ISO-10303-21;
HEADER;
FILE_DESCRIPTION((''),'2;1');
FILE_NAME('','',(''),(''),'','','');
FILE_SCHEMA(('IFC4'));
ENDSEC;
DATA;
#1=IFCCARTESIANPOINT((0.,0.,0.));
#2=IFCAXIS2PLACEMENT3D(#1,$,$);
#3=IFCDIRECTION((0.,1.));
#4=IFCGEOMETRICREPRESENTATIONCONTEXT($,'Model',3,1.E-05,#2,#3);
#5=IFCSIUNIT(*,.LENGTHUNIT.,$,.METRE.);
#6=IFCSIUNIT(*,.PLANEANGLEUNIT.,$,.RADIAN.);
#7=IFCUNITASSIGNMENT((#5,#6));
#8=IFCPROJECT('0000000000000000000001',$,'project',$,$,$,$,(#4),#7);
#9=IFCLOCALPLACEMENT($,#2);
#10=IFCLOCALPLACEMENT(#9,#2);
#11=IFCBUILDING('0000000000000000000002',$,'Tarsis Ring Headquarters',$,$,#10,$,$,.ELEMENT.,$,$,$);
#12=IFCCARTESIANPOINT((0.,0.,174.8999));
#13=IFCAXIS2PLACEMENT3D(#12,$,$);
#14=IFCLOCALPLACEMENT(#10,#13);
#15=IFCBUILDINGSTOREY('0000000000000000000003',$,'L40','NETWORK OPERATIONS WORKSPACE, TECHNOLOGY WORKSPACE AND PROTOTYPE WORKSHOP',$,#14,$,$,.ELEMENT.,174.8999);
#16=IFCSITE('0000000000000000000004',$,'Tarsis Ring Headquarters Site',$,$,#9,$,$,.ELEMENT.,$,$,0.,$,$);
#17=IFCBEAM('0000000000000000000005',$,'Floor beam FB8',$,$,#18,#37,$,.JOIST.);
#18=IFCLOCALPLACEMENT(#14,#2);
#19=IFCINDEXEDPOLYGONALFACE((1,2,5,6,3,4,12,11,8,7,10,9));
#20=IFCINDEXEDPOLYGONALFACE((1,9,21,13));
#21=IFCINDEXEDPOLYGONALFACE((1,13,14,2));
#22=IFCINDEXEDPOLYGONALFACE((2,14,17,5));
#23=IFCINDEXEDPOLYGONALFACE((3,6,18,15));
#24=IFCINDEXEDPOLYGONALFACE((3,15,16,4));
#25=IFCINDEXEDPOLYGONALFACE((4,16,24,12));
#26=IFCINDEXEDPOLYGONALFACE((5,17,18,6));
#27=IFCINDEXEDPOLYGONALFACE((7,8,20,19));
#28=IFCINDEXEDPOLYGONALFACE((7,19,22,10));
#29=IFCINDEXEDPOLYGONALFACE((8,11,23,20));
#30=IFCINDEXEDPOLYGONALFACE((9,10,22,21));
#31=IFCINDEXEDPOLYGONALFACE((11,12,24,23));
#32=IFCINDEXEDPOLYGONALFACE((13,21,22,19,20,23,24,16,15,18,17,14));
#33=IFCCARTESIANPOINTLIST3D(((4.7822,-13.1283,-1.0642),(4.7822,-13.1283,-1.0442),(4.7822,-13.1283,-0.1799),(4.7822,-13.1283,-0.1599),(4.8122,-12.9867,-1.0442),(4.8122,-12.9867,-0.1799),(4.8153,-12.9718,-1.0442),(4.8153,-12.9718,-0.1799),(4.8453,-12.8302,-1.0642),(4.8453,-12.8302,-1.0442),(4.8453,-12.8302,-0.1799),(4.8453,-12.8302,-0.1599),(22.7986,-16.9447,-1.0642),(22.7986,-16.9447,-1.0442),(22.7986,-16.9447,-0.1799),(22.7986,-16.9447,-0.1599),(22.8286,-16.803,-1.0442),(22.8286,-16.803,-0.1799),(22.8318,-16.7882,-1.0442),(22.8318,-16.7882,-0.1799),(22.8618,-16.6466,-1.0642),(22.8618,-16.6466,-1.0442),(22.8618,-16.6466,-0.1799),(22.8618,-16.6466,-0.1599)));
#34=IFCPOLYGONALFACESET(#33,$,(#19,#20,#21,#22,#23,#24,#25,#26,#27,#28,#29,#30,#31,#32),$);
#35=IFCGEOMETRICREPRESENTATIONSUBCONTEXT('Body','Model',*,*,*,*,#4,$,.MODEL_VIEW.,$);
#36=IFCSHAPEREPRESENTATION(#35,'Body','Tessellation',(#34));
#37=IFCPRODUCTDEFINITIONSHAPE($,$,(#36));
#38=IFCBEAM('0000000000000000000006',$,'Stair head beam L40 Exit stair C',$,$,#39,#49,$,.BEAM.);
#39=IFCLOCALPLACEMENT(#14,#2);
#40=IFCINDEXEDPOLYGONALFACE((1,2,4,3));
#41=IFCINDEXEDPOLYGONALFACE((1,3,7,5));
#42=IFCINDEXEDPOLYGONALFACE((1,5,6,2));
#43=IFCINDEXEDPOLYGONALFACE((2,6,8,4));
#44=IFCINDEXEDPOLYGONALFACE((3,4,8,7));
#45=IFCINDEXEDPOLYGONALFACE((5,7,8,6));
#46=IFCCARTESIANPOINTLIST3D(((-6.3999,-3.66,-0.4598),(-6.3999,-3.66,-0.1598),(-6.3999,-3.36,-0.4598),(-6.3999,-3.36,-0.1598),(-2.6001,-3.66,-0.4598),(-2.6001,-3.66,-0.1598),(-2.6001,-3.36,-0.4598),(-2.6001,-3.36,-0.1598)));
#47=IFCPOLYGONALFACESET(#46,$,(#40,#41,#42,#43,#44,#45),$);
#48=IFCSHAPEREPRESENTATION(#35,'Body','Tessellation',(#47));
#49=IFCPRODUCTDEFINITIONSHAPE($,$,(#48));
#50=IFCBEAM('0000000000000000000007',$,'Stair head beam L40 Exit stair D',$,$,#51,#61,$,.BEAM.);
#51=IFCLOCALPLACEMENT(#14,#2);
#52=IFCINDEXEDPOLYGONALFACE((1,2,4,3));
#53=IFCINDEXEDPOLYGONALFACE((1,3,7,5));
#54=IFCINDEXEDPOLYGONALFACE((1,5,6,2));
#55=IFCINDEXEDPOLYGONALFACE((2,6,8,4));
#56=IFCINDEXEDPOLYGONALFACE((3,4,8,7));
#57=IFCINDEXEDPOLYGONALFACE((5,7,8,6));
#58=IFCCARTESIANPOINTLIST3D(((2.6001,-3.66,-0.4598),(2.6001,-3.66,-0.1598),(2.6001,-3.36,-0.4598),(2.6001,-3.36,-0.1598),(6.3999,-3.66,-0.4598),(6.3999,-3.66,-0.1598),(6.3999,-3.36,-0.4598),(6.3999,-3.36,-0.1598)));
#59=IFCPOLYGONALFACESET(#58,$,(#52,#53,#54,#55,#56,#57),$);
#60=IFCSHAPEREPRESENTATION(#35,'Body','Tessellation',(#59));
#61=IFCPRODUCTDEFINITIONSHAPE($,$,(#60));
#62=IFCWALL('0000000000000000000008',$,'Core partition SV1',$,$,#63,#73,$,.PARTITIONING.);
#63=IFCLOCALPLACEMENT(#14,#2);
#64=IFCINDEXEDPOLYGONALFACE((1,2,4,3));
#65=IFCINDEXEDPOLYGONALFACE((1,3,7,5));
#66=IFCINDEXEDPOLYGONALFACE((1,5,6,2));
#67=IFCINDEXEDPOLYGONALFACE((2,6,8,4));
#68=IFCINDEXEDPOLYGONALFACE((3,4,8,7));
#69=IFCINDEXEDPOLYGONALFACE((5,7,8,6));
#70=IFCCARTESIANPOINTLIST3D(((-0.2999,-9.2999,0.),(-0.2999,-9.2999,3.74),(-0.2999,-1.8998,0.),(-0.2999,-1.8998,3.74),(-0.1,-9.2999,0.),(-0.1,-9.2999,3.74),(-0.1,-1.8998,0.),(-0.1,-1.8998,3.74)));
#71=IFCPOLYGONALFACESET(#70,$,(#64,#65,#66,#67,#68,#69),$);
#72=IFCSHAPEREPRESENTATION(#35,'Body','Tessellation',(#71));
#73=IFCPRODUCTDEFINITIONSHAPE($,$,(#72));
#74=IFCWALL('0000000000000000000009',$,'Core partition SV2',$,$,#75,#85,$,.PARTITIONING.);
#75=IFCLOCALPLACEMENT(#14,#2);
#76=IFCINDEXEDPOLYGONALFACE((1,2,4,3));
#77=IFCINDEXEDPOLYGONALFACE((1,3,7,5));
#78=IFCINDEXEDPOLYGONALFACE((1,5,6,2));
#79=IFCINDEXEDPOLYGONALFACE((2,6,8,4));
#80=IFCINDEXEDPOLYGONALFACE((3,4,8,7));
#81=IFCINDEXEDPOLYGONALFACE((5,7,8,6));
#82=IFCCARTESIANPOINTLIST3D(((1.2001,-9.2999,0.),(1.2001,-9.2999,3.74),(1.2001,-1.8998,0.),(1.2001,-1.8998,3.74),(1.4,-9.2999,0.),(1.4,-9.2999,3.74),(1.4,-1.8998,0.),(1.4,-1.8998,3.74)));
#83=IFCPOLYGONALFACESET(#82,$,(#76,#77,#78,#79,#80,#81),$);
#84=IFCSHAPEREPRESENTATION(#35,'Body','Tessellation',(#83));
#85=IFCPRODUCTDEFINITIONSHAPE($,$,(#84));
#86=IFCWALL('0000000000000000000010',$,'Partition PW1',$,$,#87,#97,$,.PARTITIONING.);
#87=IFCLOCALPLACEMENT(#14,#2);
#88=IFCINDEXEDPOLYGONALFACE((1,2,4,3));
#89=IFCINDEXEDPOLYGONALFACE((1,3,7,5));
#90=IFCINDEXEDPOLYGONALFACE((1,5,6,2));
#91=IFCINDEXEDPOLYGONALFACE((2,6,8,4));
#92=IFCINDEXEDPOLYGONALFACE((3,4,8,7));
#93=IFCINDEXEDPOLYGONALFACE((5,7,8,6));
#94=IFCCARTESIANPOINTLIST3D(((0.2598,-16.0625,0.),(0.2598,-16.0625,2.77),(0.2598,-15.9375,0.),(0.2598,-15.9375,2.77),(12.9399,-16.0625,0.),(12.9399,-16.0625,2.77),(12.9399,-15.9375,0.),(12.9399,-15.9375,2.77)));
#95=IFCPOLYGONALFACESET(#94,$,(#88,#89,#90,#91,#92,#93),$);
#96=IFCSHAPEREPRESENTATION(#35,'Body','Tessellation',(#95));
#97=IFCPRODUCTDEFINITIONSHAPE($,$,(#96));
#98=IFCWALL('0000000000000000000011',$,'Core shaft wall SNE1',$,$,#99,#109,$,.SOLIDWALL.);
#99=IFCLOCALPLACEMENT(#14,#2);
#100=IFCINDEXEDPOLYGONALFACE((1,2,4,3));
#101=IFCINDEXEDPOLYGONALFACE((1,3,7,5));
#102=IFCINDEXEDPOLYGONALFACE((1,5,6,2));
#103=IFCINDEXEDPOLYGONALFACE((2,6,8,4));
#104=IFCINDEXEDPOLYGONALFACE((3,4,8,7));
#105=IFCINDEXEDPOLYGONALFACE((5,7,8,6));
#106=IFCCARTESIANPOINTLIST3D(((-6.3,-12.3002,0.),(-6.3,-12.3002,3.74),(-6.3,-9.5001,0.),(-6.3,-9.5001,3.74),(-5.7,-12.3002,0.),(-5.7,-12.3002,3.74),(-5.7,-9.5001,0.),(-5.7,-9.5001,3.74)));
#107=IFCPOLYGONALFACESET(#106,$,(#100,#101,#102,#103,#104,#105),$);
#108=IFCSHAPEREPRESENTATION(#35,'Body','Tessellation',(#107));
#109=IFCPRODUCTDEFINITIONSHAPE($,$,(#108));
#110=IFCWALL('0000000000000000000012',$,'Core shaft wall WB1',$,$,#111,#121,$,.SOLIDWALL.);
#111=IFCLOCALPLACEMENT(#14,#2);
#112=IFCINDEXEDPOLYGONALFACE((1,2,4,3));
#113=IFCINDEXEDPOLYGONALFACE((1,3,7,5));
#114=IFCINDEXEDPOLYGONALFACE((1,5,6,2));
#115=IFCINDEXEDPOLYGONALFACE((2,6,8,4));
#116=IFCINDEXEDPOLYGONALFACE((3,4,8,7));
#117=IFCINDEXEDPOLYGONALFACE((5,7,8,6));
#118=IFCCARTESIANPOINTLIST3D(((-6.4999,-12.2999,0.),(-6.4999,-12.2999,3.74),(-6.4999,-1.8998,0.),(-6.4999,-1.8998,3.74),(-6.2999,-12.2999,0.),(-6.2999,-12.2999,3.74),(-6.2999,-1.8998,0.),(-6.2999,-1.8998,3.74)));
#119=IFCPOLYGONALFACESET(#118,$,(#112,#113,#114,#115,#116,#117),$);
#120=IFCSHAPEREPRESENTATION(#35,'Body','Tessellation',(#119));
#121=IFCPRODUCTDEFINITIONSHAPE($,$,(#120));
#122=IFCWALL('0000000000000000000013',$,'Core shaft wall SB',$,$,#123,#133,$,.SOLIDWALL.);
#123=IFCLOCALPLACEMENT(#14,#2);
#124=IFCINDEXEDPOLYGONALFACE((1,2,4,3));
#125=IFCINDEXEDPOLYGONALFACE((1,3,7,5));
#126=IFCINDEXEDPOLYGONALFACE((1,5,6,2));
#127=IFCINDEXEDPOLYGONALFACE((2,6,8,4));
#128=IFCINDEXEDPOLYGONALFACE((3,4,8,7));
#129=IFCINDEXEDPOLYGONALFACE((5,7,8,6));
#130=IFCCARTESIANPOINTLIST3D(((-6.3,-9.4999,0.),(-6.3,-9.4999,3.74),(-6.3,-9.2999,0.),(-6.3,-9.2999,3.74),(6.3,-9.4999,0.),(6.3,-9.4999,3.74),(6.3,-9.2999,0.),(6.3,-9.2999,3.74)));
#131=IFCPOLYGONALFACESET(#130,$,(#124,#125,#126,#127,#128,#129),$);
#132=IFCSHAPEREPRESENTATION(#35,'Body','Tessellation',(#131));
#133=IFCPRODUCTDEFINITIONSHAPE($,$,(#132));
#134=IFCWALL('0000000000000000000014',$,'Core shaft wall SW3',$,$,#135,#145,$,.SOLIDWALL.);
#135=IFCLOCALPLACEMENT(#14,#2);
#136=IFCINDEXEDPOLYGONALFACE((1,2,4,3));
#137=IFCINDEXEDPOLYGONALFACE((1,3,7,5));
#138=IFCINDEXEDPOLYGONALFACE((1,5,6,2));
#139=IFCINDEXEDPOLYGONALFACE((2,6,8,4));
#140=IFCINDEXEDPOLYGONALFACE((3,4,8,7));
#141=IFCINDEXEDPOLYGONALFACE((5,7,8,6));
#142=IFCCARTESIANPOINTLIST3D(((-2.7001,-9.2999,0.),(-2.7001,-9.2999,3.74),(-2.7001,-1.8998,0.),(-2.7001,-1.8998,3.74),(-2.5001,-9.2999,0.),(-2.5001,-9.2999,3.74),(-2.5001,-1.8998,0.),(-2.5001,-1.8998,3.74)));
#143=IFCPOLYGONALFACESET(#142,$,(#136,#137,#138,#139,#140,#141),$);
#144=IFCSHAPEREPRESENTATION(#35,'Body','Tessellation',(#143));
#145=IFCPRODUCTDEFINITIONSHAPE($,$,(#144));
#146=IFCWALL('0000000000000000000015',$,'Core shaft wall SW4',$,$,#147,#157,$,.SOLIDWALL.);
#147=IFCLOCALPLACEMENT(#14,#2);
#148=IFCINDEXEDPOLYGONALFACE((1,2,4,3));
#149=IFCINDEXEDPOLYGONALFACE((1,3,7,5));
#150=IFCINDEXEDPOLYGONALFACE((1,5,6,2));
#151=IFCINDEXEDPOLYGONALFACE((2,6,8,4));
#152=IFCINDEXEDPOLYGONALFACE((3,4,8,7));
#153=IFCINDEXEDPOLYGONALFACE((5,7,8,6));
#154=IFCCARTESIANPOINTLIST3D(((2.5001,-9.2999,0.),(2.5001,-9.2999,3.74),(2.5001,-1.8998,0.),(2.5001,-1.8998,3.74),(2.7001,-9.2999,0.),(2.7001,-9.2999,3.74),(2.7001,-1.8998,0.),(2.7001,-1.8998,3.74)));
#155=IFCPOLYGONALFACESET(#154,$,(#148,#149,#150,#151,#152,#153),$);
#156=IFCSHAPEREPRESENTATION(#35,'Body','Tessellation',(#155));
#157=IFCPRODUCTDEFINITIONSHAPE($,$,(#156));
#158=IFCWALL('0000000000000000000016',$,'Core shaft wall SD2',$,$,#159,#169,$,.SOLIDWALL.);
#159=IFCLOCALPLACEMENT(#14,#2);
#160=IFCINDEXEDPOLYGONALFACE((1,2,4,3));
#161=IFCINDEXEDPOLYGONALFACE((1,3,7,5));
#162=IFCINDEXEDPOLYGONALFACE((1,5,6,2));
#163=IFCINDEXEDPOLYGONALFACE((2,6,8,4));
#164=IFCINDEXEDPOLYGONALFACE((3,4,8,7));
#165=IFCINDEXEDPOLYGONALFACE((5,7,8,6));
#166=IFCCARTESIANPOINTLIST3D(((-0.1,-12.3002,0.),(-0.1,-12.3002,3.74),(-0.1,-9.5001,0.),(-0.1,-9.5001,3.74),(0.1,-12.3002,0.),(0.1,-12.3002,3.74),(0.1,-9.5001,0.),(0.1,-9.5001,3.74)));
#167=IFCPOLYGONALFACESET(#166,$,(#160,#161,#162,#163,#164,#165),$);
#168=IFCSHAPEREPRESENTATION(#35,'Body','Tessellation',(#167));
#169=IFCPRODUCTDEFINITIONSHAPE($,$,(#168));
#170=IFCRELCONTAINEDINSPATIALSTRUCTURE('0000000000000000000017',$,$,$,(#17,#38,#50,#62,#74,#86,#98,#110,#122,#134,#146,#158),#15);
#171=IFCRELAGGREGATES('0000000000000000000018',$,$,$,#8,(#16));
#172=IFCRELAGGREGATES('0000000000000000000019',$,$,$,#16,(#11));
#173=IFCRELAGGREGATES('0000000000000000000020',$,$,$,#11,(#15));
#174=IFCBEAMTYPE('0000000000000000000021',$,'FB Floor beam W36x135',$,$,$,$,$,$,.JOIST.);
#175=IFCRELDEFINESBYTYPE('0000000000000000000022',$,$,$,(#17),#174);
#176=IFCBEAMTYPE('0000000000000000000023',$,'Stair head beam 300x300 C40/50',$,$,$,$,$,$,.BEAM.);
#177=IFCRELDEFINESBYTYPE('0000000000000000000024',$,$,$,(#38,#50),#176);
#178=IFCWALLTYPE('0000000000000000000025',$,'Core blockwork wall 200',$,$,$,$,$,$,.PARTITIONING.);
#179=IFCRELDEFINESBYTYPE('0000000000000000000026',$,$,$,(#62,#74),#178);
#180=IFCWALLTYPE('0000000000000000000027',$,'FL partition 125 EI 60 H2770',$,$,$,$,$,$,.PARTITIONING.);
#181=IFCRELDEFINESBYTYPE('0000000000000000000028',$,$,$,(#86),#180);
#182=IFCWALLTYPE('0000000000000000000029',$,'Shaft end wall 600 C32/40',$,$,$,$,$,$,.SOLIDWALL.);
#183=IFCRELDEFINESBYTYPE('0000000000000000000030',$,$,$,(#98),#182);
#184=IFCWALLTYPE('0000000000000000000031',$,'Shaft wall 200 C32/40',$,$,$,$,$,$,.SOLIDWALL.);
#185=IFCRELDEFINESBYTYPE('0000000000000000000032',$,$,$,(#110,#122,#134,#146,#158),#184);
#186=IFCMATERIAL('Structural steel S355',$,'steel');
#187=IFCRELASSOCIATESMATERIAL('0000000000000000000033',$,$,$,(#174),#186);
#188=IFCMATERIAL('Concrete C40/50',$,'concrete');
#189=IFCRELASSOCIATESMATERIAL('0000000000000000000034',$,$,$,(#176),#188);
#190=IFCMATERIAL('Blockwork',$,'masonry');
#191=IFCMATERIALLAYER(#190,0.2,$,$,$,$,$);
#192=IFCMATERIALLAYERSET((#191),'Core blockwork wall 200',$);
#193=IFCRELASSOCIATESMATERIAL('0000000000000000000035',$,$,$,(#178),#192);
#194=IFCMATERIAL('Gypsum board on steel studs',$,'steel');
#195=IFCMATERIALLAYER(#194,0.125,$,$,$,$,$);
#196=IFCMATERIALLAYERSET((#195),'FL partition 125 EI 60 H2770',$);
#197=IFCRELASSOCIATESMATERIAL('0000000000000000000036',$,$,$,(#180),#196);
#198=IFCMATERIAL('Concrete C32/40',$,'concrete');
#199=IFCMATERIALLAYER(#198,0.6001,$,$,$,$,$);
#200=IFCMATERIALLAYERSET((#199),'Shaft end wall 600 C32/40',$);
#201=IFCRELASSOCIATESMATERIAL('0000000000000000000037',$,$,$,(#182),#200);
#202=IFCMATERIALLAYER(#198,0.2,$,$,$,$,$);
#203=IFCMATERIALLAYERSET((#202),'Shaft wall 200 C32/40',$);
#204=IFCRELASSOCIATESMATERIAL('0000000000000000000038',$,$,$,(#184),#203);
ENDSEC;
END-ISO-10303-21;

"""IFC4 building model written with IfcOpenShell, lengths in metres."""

from ifc_helpers import new_model, si_unit, direction, frame, frame_2d, origin, origin_2d, place, context, subcontext, project, spatial, rectangle, i_section, extrude, material, layer, layer_set, material_profile, profile_set, type_object, element, save


model = new_model("IFC4")

# Units and contexts
model_context = context("Model", 3, precision=1e-05, world=origin(), true_north=direction((0.0, 1.0)))
body_context = subcontext(model_context, "Body", "Model", "MODEL_VIEW")
ifc_project = project(units=[si_unit("LENGTHUNIT", "METRE"), si_unit("PLANEANGLEUNIT", "RADIAN")], contexts=[model_context])

# Site, building, storey
site_placement = place(None, origin())
site = spatial("IfcSite", under=ifc_project, at=site_placement, Name="Tarsis Ring Headquarters Site", CompositionType="ELEMENT", RefElevation=0.0)
building_placement = place(site_placement, origin())
building = spatial("IfcBuilding", under=site, at=building_placement, Name="Tarsis Ring Headquarters", CompositionType="ELEMENT")
storey_placement = place(building_placement, frame((0.0, 0.0, 174.8999)))
storey = spatial("IfcBuildingStorey", under=building, at=storey_placement, Name="L40", Description="NETWORK OPERATIONS WORKSPACE, TECHNOLOGY WORKSPACE AND PROTOTYPE WORKSHOP", CompositionType="ELEMENT", Elevation=174.8999)

# Beams
ifc_material_1 = material(Name="Structural steel S355", Category="steel")
ifc_material_profile_1 = material_profile(ifc_material_1, i_section(OverallWidth=0.3047, OverallDepth=0.9043, WebThickness=0.0151, FlangeThickness=0.02, at=origin_2d()), Name="W36x135")
ifc_profile_set_1 = profile_set([ifc_material_profile_1], Name="Structural steel S355")
beam_type_1 = type_object("IfcBeamType", Name="FB Floor beam W36x135", PredefinedType="JOIST", material=ifc_profile_set_1)
beam_placement = place(storey_placement, frame((4.8137, -12.9792, -0.6121), z_axis=(0.978292, -0.207229, 0.0), x_axis=(0.207229, 0.978292, 0.0)))
element("IfcBeam", 1, at=beam_placement, inside=storey, type_object=beam_type_1, Name="Floor beam FB8", PredefinedType="JOIST", context=body_context, shape_type="SweptSolid", body=[
    extrude(i_section(OverallWidth=0.3047, OverallDepth=0.9043, WebThickness=0.0151, FlangeThickness=0.02, at=origin_2d()), origin(), (0.0, 0.0, 1.0), 18.4163),
])
ifc_material_2 = material(Name="Concrete C40/50", Category="concrete")
ifc_material_profile_2 = material_profile(ifc_material_2, rectangle(XDim=0.3, YDim=0.3, at=origin_2d()), Name="Stair head beam 300x300 C40/50")
ifc_profile_set_2 = profile_set([ifc_material_profile_2], Name="Concrete C40/50")
beam_type_2 = type_object("IfcBeamType", Name="Stair head beam 300x300 C40/50", PredefinedType="BEAM", material=ifc_profile_set_2)
for number, where, z_axis, x_axis, name in (
    (2, (-6.3999, -3.51, -0.3098), (1.0, 0.0, 0.0), (0.0, 1.0, 0.0), "Stair head beam L40 Exit stair C"),
    (3, (2.6001, -3.51, -0.3098), (1.0, 0.0, 0.0), (0.0, 1.0, 0.0), "Stair head beam L40 Exit stair D"),
):
    element("IfcBeam", number, at=place(storey_placement, frame(where, z_axis=z_axis, x_axis=x_axis)), inside=storey, type_object=beam_type_2, Name=name, PredefinedType="BEAM", context=body_context, shape_type="SweptSolid", body=[
        extrude(rectangle(XDim=0.3, YDim=0.3, at=origin_2d()), origin(), (0.0, 0.0, 1.0), 3.7998),
    ])

# Walls
ifc_material_3 = material(Name="Blockwork", Category="masonry")
ifc_layer_1 = layer(ifc_material_3, 0.2)
ifc_layer_set_1 = layer_set([ifc_layer_1], Name="Core blockwork wall 200")
wall_type_1 = type_object("IfcWallType", Name="Core blockwork wall 200", PredefinedType="PARTITIONING", material=ifc_layer_set_1)
for number, where, z_axis, x_axis, name in (
    (4, (-0.2, -9.3, 0.0), (0.0, 0.0, 1.0), (0.0, 1.0, 0.0), "Core partition SV1"),
    (5, (1.3, -9.3, 0.0), (0.0, 0.0, 1.0), (0.0, 1.0, 0.0), "Core partition SV2"),
):
    element("IfcWall", number, at=place(storey_placement, frame(where, z_axis=z_axis, x_axis=x_axis)), inside=storey, type_object=wall_type_1, Name=name, PredefinedType="PARTITIONING", context=body_context, shape_type="SweptSolid", body=[
        extrude(rectangle(XDim=7.4001, YDim=0.2, at=frame_2d((3.7002, 0.0))), origin(), (0.0, 0.0, 1.0), 3.74),
    ])
ifc_material_4 = material(Name="Gypsum board on steel studs", Category="steel")
ifc_layer_2 = layer(ifc_material_4, 0.125)
ifc_layer_set_2 = layer_set([ifc_layer_2], Name="FL partition 125 EI 60 H2770")
wall_type_2 = type_object("IfcWallType", Name="FL partition 125 EI 60 H2770", PredefinedType="PARTITIONING", material=ifc_layer_set_2)
wall_1_placement = place(storey_placement, frame((0.2598, -16.0, 0.0), z_axis=(0.0, 0.0, 1.0), x_axis=(1.0, 0.0, 0.0)))
element("IfcWall", 6, at=wall_1_placement, inside=storey, type_object=wall_type_2, Name="Partition PW1", PredefinedType="PARTITIONING", context=body_context, shape_type="SweptSolid", body=[
    extrude(rectangle(XDim=12.6802, YDim=0.125, at=frame_2d((6.3401, 0.0))), origin(), (0.0, 0.0, 1.0), 2.77),
])
ifc_material_5 = material(Name="Concrete C32/40", Category="concrete")
ifc_layer_3 = layer(ifc_material_5, 0.6001)
ifc_layer_set_3 = layer_set([ifc_layer_3], Name="Shaft end wall 600 C32/40")
wall_type_3 = type_object("IfcWallType", Name="Shaft end wall 600 C32/40", PredefinedType="SOLIDWALL", material=ifc_layer_set_3)
wall_2_placement = place(storey_placement, frame((-6.0, -12.3, 0.0), z_axis=(0.0, 0.0, 1.0), x_axis=(0.0, 1.0, 0.0)))
element("IfcWall", 7, at=wall_2_placement, inside=storey, type_object=wall_type_3, Name="Core shaft wall SNE1", PredefinedType="SOLIDWALL", context=body_context, shape_type="SweptSolid", body=[
    extrude(rectangle(XDim=2.8, YDim=0.6001, at=frame_2d((1.3999, 0.0))), origin(), (0.0, 0.0, 1.0), 3.74),
])
ifc_layer_4 = layer(ifc_material_5, 0.2)
ifc_layer_set_4 = layer_set([ifc_layer_4], Name="Shaft wall 200 C32/40")
wall_type_4 = type_object("IfcWallType", Name="Shaft wall 200 C32/40", PredefinedType="SOLIDWALL", material=ifc_layer_set_4)
wall_3_placement = place(storey_placement, frame((-6.3999, -12.3, 0.0), z_axis=(0.0, 0.0, 1.0), x_axis=(0.0, 1.0, 0.0)))
element("IfcWall", 8, at=wall_3_placement, inside=storey, type_object=wall_type_4, Name="Core shaft wall WB1", PredefinedType="SOLIDWALL", context=body_context, shape_type="SweptSolid", body=[
    extrude(rectangle(XDim=10.4001, YDim=0.2, at=frame_2d((5.2002, 0.0))), origin(), (0.0, 0.0, 1.0), 3.74),
])
wall_4_placement = place(storey_placement, frame((-6.3, -9.3999, 0.0), z_axis=(0.0, 0.0, 1.0), x_axis=(1.0, 0.0, 0.0)))
element("IfcWall", 9, at=wall_4_placement, inside=storey, type_object=wall_type_4, Name="Core shaft wall SB", PredefinedType="SOLIDWALL", context=body_context, shape_type="SweptSolid", body=[
    extrude(rectangle(XDim=12.6001, YDim=0.2, at=frame_2d((6.3, 0.0))), origin(), (0.0, 0.0, 1.0), 3.74),
])
for number, where, z_axis, x_axis, name in (
    (10, (-2.6001, -9.3, 0.0), (0.0, 0.0, 1.0), (0.0, 1.0, 0.0), "Core shaft wall SW3"),
    (11, (2.6001, -9.3, 0.0), (0.0, 0.0, 1.0), (0.0, 1.0, 0.0), "Core shaft wall SW4"),
):
    element("IfcWall", number, at=place(storey_placement, frame(where, z_axis=z_axis, x_axis=x_axis)), inside=storey, type_object=wall_type_4, Name=name, PredefinedType="SOLIDWALL", context=body_context, shape_type="SweptSolid", body=[
        extrude(rectangle(XDim=7.4001, YDim=0.2, at=frame_2d((3.7002, 0.0))), origin(), (0.0, 0.0, 1.0), 3.74),
    ])
wall_5_placement = place(storey_placement, frame((0.0, -12.3, 0.0), z_axis=(0.0, 0.0, 1.0), x_axis=(0.0, 1.0, 0.0)))
element("IfcWall", 12, at=wall_5_placement, inside=storey, type_object=wall_type_4, Name="Core shaft wall SD2", PredefinedType="SOLIDWALL", context=body_context, shape_type="SweptSolid", body=[
    extrude(rectangle(XDim=2.8, YDim=0.2, at=frame_2d((1.3999, 0.0))), origin(), (0.0, 0.0, 1.0), 3.74),
])

save(model, "model.ifc")
